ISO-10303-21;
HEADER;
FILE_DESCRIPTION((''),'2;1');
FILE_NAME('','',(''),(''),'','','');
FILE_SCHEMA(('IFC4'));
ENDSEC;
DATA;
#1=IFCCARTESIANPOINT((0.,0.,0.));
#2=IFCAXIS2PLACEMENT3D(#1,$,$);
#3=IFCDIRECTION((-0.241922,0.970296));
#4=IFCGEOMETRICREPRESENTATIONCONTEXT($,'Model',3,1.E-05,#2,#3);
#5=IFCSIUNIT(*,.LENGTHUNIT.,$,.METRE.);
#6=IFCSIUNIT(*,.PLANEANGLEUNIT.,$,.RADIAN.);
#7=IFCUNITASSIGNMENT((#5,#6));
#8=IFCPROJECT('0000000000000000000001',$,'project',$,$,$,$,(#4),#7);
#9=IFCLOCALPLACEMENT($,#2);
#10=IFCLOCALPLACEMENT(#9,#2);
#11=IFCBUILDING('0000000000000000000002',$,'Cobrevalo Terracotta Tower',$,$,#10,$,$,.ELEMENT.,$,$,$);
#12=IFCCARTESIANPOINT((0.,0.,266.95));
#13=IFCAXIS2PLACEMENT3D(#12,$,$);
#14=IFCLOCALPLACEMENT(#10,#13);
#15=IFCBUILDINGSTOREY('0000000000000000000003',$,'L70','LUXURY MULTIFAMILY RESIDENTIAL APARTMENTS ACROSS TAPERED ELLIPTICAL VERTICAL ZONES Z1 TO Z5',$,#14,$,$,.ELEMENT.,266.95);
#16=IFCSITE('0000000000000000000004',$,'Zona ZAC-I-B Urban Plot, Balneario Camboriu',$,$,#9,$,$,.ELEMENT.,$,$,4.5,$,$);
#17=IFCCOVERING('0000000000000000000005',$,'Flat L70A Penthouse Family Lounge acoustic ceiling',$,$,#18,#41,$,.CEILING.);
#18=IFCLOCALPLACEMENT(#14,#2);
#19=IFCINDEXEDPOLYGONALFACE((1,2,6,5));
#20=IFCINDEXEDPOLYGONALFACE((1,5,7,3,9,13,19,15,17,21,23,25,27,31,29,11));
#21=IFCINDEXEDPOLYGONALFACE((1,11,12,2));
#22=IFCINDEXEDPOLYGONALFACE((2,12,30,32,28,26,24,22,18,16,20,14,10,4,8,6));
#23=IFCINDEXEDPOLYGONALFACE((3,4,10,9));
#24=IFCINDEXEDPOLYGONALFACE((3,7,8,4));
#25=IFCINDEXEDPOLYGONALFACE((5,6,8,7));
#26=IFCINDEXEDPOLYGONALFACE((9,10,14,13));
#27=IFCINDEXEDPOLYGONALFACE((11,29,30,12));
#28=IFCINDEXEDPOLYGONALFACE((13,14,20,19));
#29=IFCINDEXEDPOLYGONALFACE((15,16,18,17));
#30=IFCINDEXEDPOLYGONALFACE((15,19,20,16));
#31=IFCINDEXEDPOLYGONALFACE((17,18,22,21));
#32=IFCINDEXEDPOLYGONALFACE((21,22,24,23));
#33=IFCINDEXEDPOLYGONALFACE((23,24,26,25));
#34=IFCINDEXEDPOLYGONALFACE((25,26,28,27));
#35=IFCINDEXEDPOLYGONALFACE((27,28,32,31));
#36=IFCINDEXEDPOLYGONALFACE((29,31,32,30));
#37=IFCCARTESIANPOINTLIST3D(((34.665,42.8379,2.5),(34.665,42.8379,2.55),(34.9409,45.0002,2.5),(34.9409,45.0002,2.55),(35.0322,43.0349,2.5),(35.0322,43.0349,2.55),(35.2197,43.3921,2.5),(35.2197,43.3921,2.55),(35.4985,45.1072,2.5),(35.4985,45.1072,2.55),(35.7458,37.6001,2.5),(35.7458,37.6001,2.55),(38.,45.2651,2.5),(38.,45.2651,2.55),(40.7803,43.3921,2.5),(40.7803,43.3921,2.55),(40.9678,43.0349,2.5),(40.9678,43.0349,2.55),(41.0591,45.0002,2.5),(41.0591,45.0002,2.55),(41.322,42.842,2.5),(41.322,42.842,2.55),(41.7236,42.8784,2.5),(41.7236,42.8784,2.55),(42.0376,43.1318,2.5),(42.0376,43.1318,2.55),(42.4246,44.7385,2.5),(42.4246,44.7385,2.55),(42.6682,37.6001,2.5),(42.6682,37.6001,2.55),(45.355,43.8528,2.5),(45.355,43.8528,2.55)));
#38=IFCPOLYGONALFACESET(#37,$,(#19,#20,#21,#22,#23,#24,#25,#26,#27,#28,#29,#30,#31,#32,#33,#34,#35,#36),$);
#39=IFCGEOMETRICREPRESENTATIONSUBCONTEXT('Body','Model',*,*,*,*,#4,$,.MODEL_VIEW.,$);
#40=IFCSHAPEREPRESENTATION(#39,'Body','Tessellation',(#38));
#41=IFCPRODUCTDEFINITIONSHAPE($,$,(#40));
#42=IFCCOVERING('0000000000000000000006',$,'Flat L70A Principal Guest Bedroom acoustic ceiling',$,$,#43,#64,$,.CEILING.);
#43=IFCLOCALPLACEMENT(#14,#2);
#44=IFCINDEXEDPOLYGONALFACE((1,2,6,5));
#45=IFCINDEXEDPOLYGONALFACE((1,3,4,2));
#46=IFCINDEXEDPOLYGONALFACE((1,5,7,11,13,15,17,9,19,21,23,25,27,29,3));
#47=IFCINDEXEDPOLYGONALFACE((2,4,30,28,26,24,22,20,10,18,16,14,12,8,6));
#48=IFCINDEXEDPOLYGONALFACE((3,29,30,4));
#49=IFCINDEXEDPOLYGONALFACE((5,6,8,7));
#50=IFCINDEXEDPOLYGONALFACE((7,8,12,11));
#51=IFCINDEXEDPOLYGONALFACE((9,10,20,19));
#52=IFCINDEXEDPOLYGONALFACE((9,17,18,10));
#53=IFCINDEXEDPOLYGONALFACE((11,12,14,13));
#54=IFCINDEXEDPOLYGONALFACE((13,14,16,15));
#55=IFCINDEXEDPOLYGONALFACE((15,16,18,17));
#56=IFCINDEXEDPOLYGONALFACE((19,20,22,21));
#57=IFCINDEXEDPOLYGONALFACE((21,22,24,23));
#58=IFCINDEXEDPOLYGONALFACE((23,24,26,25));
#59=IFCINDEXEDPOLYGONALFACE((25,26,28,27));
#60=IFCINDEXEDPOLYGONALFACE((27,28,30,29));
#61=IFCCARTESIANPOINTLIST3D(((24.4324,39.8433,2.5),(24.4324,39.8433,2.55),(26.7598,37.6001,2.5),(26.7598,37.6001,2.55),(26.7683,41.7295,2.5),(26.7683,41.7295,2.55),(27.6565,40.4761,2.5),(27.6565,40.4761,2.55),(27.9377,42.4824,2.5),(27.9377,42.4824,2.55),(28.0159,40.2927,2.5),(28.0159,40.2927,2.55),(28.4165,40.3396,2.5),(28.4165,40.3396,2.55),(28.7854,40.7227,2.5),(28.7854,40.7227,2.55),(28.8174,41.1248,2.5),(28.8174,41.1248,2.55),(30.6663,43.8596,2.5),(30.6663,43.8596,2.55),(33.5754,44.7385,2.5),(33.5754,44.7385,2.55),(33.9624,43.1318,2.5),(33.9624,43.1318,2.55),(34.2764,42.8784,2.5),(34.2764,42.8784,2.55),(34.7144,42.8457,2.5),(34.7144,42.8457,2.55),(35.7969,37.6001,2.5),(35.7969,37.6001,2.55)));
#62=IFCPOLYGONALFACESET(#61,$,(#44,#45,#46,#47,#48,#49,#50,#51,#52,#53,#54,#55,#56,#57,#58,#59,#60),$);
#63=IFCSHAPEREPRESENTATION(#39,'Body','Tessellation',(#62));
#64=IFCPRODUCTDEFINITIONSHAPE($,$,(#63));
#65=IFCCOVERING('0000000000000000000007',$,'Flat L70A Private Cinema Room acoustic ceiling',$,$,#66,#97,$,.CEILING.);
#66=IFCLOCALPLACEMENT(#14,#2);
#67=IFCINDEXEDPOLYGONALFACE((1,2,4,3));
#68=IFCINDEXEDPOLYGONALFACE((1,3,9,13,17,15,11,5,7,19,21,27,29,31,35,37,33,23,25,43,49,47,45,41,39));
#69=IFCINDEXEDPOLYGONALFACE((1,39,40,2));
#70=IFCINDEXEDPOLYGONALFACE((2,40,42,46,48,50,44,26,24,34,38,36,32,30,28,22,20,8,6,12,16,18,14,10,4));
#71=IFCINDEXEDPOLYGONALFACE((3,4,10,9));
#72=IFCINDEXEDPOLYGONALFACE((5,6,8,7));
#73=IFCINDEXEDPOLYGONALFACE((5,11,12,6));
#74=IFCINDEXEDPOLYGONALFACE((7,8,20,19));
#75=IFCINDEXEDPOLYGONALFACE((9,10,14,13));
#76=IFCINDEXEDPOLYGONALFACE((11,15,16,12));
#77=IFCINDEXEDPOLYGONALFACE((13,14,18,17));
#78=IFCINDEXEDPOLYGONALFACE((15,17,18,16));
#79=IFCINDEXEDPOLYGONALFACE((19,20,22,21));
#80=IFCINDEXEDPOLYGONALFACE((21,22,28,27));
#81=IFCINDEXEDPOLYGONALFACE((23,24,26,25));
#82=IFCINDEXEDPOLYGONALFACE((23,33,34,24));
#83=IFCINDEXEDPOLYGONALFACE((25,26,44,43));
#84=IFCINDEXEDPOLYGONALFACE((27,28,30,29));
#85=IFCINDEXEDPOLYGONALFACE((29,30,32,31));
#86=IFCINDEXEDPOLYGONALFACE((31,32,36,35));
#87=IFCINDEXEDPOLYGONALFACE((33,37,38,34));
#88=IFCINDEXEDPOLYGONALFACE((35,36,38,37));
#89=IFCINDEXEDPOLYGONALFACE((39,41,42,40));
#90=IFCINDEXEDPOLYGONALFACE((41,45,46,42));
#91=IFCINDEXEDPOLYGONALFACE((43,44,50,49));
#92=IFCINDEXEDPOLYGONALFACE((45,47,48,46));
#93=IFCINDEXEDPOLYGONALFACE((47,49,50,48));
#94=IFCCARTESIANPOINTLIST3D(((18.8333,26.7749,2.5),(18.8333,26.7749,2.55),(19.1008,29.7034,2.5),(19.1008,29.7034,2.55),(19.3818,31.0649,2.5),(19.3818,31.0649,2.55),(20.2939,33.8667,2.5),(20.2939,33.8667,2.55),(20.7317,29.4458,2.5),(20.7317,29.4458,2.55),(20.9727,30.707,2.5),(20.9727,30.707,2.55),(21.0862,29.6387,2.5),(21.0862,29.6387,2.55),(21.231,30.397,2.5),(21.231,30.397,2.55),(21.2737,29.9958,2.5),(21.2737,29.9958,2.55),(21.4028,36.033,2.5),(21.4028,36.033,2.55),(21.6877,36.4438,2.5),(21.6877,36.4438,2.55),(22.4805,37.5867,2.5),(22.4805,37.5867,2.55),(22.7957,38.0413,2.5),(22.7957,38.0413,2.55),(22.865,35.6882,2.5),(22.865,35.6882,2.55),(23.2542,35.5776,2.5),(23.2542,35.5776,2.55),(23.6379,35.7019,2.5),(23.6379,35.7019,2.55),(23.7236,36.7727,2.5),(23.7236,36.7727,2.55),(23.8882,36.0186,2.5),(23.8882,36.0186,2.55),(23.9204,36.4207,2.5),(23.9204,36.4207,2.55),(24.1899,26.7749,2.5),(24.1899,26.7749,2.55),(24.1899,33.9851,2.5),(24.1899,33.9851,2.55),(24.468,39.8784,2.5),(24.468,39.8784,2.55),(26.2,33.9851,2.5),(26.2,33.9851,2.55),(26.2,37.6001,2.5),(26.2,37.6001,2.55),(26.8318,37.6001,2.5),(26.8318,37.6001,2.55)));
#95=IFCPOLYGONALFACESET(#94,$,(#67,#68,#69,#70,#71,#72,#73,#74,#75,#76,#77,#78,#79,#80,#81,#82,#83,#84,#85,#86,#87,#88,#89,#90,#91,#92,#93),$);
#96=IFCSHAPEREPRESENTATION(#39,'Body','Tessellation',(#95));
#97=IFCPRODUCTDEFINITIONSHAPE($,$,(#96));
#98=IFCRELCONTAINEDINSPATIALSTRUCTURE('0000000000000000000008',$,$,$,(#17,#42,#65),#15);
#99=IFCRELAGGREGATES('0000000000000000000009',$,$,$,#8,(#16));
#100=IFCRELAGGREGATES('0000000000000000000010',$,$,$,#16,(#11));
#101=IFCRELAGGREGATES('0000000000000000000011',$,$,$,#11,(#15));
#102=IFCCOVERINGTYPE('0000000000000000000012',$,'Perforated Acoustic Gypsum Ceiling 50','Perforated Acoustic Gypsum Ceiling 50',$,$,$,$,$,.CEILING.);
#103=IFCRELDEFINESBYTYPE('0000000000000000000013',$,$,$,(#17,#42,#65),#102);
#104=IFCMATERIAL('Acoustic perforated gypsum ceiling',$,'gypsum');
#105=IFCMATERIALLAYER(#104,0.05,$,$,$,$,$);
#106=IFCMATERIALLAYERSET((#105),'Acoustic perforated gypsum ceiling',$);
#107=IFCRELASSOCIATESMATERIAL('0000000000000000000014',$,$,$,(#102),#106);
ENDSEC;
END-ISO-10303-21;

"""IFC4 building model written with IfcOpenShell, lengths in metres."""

from ifc_helpers import new_model, si_unit, direction, frame, origin, place, context, subcontext, project, spatial, polyline, outline, extrude, material, layer, layer_set, type_object, element, save


model = new_model("IFC4")

# Units and contexts
model_context = context("Model", 3, precision=1e-05, world=origin(), true_north=direction((-0.241922, 0.970296)))
body_context = subcontext(model_context, "Body", "Model", "MODEL_VIEW")
ifc_project = project(units=[si_unit("LENGTHUNIT", "METRE"), si_unit("PLANEANGLEUNIT", "RADIAN")], contexts=[model_context])

# Site, building, storey
site_placement = place(None, origin())
site = spatial("IfcSite", under=ifc_project, at=site_placement, Name="Zona ZAC-I-B Urban Plot, Balneario Camboriu", CompositionType="ELEMENT", RefElevation=4.5)
building_placement = place(site_placement, origin())
building = spatial("IfcBuilding", under=site, at=building_placement, Name="Cobrevalo Terracotta Tower", CompositionType="ELEMENT")
storey_placement = place(building_placement, frame((0.0, 0.0, 266.95)))
storey = spatial("IfcBuildingStorey", under=building, at=storey_placement, Name="L70", Description="LUXURY MULTIFAMILY RESIDENTIAL APARTMENTS ACROSS TAPERED ELLIPTICAL VERTICAL ZONES Z1 TO Z5", CompositionType="ELEMENT", Elevation=266.95)

# Coverings
ifc_material_1 = material(Name="Acoustic perforated gypsum ceiling", Category="gypsum")
ifc_layer_1 = layer(ifc_material_1, 0.05)
ifc_layer_set_1 = layer_set([ifc_layer_1], Name="Acoustic perforated gypsum ceiling")
covering_type_1 = type_object("IfcCoveringType", Name="Perforated Acoustic Gypsum Ceiling 50", Description="Perforated Acoustic Gypsum Ceiling 50", PredefinedType="CEILING", material=ifc_layer_set_1)
covering_1_placement = place(storey_placement, frame((0.0, 0.0, 2.5)))
element("IfcCovering", 1, at=covering_1_placement, inside=storey, type_object=covering_type_1, Name="Flat L70A Penthouse Family Lounge acoustic ceiling", PredefinedType="CEILING", context=body_context, shape_type="SweptSolid", body=[
    extrude(outline(polyline([(34.665, 42.8379), (35.0322, 43.0349), (35.2197, 43.3921), (34.9409, 45.0002), (35.4985, 45.1072), (38.0, 45.2651), (41.0591, 45.0002), (40.7803, 43.3921), (40.9678, 43.0349), (41.322, 42.842), (41.7236, 42.8784), (42.0376, 43.1318), (42.4246, 44.7385), (45.355, 43.8528), (42.6682, 37.6001), (35.7458, 37.6001), (34.665, 42.8379)])), origin(), (0.0, 0.0, 1.0), 0.05),
])
covering_2_placement = place(storey_placement, frame((0.0, 0.0, 2.5)))
element("IfcCovering", 2, at=covering_2_placement, inside=storey, type_object=covering_type_1, Name="Flat L70A Principal Guest Bedroom acoustic ceiling", PredefinedType="CEILING", context=body_context, shape_type="SweptSolid", body=[
    extrude(outline(polyline([(24.4324, 39.8433), (26.7683, 41.7295), (27.6565, 40.4761), (28.0159, 40.2927), (28.4165, 40.3396), (28.7854, 40.7227), (28.8174, 41.1248), (27.9377, 42.4824), (30.6663, 43.8596), (33.5754, 44.7385), (33.9624, 43.1318), (34.2764, 42.8784), (34.7144, 42.8457), (35.7969, 37.6001), (26.7598, 37.6001), (24.4324, 39.8433)])), origin(), (0.0, 0.0, 1.0), 0.05),
])
covering_3_placement = place(storey_placement, frame((0.0, 0.0, 2.5)))
element("IfcCovering", 3, at=covering_3_placement, inside=storey, type_object=covering_type_1, Name="Flat L70A Private Cinema Room acoustic ceiling", PredefinedType="CEILING", context=body_context, shape_type="SweptSolid", body=[
    extrude(outline(polyline([(26.8318, 37.6001), (26.2, 37.6001), (26.2, 33.9851), (24.1899, 33.9851), (24.1899, 26.7749), (18.8333, 26.7749), (19.1008, 29.7034), (20.7317, 29.4458), (21.0862, 29.6387), (21.2737, 29.9958), (21.231, 30.397), (20.9727, 30.707), (19.3818, 31.0649), (20.2939, 33.8667), (21.4028, 36.033), (21.6877, 36.4438), (22.865, 35.6882), (23.2542, 35.5776), (23.6379, 35.7019), (23.8882, 36.0186), (23.9204, 36.4207), (23.7236, 36.7727), (22.4805, 37.5867), (22.7957, 38.0413), (24.468, 39.8784), (26.8318, 37.6001)])), origin(), (0.0, 0.0, 1.0), 0.05),
])

save(model, "model.ifc")
